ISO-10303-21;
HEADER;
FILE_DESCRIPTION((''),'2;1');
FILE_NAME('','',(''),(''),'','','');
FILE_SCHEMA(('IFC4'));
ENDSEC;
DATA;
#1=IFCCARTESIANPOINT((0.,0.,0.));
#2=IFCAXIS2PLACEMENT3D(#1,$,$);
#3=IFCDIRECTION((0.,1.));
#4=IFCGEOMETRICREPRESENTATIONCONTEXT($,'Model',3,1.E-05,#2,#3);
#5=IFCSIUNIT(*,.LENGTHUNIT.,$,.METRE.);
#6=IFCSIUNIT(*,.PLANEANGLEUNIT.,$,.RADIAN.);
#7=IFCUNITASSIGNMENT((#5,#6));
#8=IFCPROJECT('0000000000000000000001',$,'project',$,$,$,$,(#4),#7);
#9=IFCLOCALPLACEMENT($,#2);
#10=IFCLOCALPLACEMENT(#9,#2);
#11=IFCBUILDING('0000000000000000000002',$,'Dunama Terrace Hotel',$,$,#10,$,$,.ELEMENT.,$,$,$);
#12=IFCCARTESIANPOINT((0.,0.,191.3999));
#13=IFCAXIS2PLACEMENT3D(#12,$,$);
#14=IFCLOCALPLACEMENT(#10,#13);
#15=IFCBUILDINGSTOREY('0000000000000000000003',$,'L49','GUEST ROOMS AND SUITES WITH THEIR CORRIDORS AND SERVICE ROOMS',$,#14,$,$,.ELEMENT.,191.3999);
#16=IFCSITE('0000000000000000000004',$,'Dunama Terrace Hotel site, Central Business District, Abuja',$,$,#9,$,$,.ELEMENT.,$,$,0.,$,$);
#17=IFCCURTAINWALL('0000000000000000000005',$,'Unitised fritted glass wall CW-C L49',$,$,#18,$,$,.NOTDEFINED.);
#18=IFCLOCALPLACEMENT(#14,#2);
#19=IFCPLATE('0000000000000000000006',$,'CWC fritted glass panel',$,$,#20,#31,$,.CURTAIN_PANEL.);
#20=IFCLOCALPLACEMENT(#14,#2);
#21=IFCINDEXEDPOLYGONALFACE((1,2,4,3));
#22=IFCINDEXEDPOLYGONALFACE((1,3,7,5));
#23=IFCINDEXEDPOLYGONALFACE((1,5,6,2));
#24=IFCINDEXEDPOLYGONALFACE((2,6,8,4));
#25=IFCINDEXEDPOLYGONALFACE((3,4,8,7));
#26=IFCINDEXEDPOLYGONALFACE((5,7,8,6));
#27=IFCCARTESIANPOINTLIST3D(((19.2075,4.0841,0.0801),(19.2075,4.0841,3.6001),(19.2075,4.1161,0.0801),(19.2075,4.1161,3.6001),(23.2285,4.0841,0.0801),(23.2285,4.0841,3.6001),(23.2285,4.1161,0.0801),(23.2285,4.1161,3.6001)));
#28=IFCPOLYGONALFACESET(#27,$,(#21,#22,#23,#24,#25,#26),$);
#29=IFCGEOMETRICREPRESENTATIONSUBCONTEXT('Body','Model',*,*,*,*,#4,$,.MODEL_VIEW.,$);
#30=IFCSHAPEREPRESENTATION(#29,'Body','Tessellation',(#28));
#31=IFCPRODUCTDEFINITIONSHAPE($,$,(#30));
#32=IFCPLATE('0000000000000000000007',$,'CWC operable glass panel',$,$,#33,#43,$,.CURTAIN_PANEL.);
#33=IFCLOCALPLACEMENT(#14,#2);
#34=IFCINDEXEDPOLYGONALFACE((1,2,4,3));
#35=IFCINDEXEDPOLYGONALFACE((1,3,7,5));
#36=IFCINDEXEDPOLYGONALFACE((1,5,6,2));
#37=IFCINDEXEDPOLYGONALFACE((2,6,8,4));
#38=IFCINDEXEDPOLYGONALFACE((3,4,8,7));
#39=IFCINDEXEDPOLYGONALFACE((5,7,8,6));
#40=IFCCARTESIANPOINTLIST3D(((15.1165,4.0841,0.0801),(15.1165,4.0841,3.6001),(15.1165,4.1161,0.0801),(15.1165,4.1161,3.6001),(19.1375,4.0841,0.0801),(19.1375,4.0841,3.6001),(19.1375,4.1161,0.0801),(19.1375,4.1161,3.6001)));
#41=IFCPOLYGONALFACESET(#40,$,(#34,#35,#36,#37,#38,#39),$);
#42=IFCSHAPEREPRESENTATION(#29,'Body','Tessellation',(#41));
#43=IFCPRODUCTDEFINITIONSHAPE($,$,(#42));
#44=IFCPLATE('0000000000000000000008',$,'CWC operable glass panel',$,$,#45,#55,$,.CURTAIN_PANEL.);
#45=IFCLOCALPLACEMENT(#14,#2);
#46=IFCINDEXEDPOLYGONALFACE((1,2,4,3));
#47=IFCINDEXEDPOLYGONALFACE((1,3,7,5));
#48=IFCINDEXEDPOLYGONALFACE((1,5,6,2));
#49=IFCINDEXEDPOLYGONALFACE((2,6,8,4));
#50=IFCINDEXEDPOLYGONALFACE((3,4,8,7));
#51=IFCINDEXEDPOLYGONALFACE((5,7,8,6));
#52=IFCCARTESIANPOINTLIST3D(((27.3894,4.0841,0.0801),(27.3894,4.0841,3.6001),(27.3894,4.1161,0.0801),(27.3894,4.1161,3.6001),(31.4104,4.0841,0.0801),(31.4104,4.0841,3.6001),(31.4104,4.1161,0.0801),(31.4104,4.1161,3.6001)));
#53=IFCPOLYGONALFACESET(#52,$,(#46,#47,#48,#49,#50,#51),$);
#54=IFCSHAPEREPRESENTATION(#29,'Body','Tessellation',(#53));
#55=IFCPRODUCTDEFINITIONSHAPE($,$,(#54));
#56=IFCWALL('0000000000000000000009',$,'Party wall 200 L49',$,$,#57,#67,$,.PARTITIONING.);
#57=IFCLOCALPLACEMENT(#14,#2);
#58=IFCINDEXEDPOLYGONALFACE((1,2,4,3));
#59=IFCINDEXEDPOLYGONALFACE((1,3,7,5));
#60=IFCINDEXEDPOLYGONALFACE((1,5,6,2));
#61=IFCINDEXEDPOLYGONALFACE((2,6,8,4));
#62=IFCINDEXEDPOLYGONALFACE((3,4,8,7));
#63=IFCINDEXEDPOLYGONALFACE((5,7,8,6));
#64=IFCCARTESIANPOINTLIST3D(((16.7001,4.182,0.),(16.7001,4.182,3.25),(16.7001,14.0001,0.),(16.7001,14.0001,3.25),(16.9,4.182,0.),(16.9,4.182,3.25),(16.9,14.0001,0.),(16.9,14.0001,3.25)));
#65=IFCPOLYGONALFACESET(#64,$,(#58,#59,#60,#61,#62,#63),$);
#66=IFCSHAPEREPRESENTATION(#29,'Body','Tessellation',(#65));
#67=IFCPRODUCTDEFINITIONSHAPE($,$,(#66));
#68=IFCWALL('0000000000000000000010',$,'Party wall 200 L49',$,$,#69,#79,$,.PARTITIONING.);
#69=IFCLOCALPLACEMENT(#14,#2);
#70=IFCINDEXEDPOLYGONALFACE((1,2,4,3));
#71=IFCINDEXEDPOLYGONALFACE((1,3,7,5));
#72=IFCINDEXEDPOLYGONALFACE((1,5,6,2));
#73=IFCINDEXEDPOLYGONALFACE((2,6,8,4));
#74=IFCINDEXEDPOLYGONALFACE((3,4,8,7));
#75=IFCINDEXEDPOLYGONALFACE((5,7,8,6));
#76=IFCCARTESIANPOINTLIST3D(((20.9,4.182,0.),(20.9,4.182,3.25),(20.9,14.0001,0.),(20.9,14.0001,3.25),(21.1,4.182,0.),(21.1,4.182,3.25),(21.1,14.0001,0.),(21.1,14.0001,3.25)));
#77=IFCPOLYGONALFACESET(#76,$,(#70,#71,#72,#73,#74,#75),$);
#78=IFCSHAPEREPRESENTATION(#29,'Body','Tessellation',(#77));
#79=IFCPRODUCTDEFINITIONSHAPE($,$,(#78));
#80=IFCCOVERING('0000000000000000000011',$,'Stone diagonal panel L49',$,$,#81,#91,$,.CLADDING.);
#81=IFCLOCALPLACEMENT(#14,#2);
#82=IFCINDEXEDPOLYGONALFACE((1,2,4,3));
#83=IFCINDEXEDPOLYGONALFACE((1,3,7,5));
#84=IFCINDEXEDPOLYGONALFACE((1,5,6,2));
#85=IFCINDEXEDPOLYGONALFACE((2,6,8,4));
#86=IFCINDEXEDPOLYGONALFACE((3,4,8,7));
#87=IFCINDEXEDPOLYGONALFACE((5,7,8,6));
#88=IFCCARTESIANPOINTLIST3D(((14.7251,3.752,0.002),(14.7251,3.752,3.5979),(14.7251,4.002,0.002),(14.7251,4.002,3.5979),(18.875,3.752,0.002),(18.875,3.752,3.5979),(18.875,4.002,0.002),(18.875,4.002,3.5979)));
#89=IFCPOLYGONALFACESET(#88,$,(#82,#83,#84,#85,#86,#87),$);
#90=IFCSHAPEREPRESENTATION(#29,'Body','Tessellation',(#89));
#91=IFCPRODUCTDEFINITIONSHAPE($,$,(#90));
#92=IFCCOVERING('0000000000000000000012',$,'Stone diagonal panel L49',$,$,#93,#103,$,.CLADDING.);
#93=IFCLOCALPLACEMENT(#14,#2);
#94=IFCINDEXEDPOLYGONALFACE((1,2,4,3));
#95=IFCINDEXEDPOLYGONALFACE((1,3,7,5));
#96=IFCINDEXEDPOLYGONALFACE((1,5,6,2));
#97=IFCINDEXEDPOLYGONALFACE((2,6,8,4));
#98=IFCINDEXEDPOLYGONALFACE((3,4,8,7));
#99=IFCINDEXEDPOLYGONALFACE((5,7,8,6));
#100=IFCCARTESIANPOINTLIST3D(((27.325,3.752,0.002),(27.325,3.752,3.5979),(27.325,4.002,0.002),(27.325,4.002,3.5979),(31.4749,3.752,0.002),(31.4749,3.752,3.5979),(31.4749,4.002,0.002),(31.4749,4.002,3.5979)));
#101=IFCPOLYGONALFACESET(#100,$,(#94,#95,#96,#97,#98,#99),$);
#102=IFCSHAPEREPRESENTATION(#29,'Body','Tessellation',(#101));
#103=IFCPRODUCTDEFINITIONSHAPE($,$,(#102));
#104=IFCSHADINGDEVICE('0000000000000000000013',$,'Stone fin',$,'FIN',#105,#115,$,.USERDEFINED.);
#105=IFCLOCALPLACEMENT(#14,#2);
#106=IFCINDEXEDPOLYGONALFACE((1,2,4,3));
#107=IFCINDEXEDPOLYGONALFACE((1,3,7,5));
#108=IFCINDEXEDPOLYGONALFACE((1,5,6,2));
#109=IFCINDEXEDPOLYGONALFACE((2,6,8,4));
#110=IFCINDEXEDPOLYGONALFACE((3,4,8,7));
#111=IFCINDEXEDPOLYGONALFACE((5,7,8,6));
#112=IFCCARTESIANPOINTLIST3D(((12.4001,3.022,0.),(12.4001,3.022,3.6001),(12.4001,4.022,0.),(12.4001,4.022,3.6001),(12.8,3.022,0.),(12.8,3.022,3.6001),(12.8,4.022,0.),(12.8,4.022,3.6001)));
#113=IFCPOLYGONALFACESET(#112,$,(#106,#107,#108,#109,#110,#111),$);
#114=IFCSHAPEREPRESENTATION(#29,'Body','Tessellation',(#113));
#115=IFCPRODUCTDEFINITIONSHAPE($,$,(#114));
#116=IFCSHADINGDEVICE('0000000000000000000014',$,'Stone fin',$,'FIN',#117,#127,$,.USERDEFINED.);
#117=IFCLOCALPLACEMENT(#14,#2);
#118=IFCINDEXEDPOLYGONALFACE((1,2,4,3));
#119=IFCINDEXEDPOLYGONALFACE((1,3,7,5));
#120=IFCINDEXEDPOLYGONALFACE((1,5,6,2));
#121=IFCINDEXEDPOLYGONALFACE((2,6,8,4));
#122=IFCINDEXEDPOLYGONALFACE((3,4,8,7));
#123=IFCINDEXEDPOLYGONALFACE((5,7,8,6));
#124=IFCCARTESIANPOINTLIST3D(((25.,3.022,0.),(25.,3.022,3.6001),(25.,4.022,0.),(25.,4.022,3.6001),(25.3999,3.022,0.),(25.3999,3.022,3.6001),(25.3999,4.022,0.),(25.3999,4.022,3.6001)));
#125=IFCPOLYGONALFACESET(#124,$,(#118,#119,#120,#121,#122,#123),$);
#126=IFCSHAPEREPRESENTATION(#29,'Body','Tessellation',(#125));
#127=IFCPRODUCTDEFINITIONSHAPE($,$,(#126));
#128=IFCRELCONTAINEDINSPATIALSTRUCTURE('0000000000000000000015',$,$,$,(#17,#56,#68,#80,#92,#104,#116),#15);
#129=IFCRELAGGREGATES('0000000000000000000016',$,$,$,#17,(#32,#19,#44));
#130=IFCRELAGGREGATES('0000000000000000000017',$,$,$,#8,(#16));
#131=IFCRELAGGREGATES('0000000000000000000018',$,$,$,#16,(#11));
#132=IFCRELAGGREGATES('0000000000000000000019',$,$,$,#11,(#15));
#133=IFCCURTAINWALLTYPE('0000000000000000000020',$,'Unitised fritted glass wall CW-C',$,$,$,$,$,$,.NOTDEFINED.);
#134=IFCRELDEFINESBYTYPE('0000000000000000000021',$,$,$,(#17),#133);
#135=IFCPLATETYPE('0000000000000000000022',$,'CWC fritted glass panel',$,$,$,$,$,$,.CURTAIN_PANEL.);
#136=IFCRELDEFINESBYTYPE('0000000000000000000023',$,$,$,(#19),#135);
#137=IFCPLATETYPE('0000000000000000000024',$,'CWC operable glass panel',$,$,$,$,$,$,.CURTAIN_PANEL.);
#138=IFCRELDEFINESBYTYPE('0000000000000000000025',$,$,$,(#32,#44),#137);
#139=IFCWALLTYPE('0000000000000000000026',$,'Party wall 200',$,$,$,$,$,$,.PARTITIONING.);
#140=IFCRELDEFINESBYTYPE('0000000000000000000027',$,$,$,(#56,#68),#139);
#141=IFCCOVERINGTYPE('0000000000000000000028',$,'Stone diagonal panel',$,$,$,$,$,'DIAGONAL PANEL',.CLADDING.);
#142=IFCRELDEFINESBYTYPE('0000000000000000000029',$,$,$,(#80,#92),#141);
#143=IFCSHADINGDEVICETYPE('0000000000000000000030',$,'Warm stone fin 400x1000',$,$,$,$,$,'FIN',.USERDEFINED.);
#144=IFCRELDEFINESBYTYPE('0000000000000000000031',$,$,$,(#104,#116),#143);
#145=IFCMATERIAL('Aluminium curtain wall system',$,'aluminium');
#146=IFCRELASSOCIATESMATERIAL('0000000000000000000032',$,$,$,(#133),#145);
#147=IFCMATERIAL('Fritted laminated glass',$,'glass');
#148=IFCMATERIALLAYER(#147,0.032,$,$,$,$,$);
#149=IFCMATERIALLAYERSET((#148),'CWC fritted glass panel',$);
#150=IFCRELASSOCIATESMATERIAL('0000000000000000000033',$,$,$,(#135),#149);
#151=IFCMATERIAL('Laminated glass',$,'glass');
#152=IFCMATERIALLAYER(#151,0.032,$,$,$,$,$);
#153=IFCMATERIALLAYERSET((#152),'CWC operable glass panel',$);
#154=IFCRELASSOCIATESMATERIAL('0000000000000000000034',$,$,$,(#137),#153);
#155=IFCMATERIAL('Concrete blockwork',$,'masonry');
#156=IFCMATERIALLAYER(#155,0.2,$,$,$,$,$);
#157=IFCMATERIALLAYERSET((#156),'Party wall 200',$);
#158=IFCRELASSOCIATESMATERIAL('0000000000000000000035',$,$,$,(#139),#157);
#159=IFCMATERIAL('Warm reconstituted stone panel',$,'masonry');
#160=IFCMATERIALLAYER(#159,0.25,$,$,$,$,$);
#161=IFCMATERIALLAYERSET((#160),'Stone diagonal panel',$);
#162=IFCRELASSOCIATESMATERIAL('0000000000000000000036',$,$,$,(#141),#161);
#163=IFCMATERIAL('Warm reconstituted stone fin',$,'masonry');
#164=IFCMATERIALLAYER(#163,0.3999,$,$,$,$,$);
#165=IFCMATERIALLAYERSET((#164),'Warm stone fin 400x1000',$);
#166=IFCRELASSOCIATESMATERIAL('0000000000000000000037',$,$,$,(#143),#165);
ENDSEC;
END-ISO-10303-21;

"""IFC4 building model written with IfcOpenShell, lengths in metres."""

from ifc_helpers import new_model, si_unit, direction, frame, frame_2d, origin, origin_2d, place, context, subcontext, project, spatial, rectangle, extrude, material, layer, layer_set, type_object, element, aggregate, save


model = new_model("IFC4")

# Units and contexts
model_context = context("Model", 3, precision=1e-05, world=origin(), true_north=direction((0.0, 1.0)))
body_context = subcontext(model_context, "Body", "Model", "MODEL_VIEW")
ifc_project = project(units=[si_unit("LENGTHUNIT", "METRE"), si_unit("PLANEANGLEUNIT", "RADIAN")], contexts=[model_context])

# Site, building, storey
site_placement = place(None, origin())
site = spatial("IfcSite", under=ifc_project, at=site_placement, Name="Dunama Terrace Hotel site, Central Business District, Abuja", CompositionType="ELEMENT", RefElevation=0.0)
building_placement = place(site_placement, origin())
building = spatial("IfcBuilding", under=site, at=building_placement, Name="Dunama Terrace Hotel", CompositionType="ELEMENT")
storey_placement = place(building_placement, frame((0.0, 0.0, 191.3999)))
storey = spatial("IfcBuildingStorey", under=building, at=storey_placement, Name="L49", Description="GUEST ROOMS AND SUITES WITH THEIR CORRIDORS AND SERVICE ROOMS", CompositionType="ELEMENT", Elevation=191.3999)

# Curtain wall
ifc_material_1 = material(Name="Aluminium curtain wall system", Category="aluminium")
curtain_wall_type = type_object("IfcCurtainWallType", Name="Unitised fritted glass wall CW-C", PredefinedType="NOTDEFINED", material=ifc_material_1)
curtain_wall_placement = place(storey_placement, origin())
curtain_wall = element("IfcCurtainWall", 1, at=curtain_wall_placement, inside=storey, type_object=curtain_wall_type, Name="Unitised fritted glass wall CW-C L49", PredefinedType="NOTDEFINED")

# Plates
ifc_material_2 = material(Name="Fritted laminated glass", Category="glass")
ifc_layer_1 = layer(ifc_material_2, 0.032)
ifc_layer_set_1 = layer_set([ifc_layer_1], Name="CWC fritted glass panel")
plate_type_1 = type_object("IfcPlateType", Name="CWC fritted glass panel", PredefinedType="CURTAIN_PANEL", material=ifc_layer_set_1)
plate_1_placement = place(storey_placement, frame((21.218, 4.1001, 0.0801), z_axis=(0.0, 0.0, 1.0), x_axis=(1.0, 0.0, 0.0)))
plate_1 = element("IfcPlate", 2, at=plate_1_placement, type_object=plate_type_1, Name="CWC fritted glass panel", PredefinedType="CURTAIN_PANEL", context=body_context, shape_type="SweptSolid", body=[
    extrude(rectangle(XDim=4.021, YDim=0.032, at=origin_2d()), origin(), (0.0, 0.0, 1.0), 3.52),
])
ifc_material_3 = material(Name="Laminated glass", Category="glass")
ifc_layer_2 = layer(ifc_material_3, 0.032)
ifc_layer_set_2 = layer_set([ifc_layer_2], Name="CWC operable glass panel")
plate_type_2 = type_object("IfcPlateType", Name="CWC operable glass panel", PredefinedType="CURTAIN_PANEL", material=ifc_layer_set_2)
plate_2_placement = place(storey_placement, frame((17.127, 4.1001, 0.0801), z_axis=(0.0, 0.0, 1.0), x_axis=(1.0, 0.0, 0.0)))
plate_2 = element("IfcPlate", 3, at=plate_2_placement, type_object=plate_type_2, Name="CWC operable glass panel", PredefinedType="CURTAIN_PANEL", context=body_context, shape_type="SweptSolid", body=[
    extrude(rectangle(XDim=4.021, YDim=0.032, at=origin_2d()), origin(), (0.0, 0.0, 1.0), 3.52),
])
plate_3_placement = place(storey_placement, frame((29.3999, 4.1001, 0.0801), z_axis=(0.0, 0.0, 1.0), x_axis=(1.0, 0.0, 0.0)))
plate_3 = element("IfcPlate", 4, at=plate_3_placement, type_object=plate_type_2, Name="CWC operable glass panel", PredefinedType="CURTAIN_PANEL", context=body_context, shape_type="SweptSolid", body=[
    extrude(rectangle(XDim=4.021, YDim=0.032, at=origin_2d()), origin(), (0.0, 0.0, 1.0), 3.52),
])
aggregate(curtain_wall, [plate_2, plate_1, plate_3])

# Walls
ifc_material_4 = material(Name="Concrete blockwork", Category="masonry")
ifc_layer_3 = layer(ifc_material_4, 0.2)
ifc_layer_set_3 = layer_set([ifc_layer_3], Name="Party wall 200")
wall_type = type_object("IfcWallType", Name="Party wall 200", PredefinedType="PARTITIONING", material=ifc_layer_set_3)
for number, where, z_axis, x_axis, name in (
    (5, (16.8, 4.1819, 0.0), (0.0, 0.0, 1.0), (0.0, 1.0, 0.0), "Party wall 200 L49"),
    (6, (21.0, 4.1819, 0.0), (0.0, 0.0, 1.0), (0.0, 1.0, 0.0), "Party wall 200 L49"),
):
    element("IfcWall", number, at=place(storey_placement, frame(where, z_axis=z_axis, x_axis=x_axis)), inside=storey, type_object=wall_type, Name=name, PredefinedType="PARTITIONING", context=body_context, shape_type="SweptSolid", body=[
        extrude(rectangle(XDim=9.8181, YDim=0.2, at=frame_2d((4.9092, 0.0))), origin(), (0.0, 0.0, 1.0), 3.25),
    ])

# Coverings
ifc_material_5 = material(Name="Warm reconstituted stone panel", Category="masonry")
ifc_layer_4 = layer(ifc_material_5, 0.25)
ifc_layer_set_4 = layer_set([ifc_layer_4], Name="Stone diagonal panel")
covering_type = type_object("IfcCoveringType", Name="Stone diagonal panel", ElementType="DIAGONAL PANEL", PredefinedType="CLADDING", material=ifc_layer_set_4)
for number, where, z_axis, x_axis, name in (
    (7, (16.8, 3.877, 0.002), (0.0, 0.0, 1.0), (1.0, 0.0, 0.0), "Stone diagonal panel L49"),
    (8, (29.3999, 3.877, 0.002), (0.0, 0.0, 1.0), (1.0, 0.0, 0.0), "Stone diagonal panel L49"),
):
    element("IfcCovering", number, at=place(storey_placement, frame(where, z_axis=z_axis, x_axis=x_axis)), inside=storey, type_object=covering_type, Name=name, PredefinedType="CLADDING", context=body_context, shape_type="SweptSolid", body=[
        extrude(rectangle(XDim=4.1499, YDim=0.25, at=origin_2d()), origin(), (0.0, 0.0, 1.0), 3.5959),
    ])

# Shading devices
ifc_material_6 = material(Name="Warm reconstituted stone fin", Category="masonry")
ifc_layer_5 = layer(ifc_material_6, 0.3999)
ifc_layer_set_5 = layer_set([ifc_layer_5], Name="Warm stone fin 400x1000")
shading_device_type = type_object("IfcShadingDeviceType", Name="Warm stone fin 400x1000", ElementType="FIN", PredefinedType="USERDEFINED", material=ifc_layer_set_5)
for number, where, z_axis, x_axis, name in (
    (9, (12.6001, 3.522, 0.0), (0.0, 0.0, 1.0), (1.0, 0.0, 0.0), "Stone fin"),
    (10, (25.2, 3.522, 0.0), (0.0, 0.0, 1.0), (1.0, 0.0, 0.0), "Stone fin"),
):
    element("IfcShadingDevice", number, at=place(storey_placement, frame(where, z_axis=z_axis, x_axis=x_axis)), inside=storey, type_object=shading_device_type, Name=name, ObjectType="FIN", PredefinedType="USERDEFINED", context=body_context, shape_type="SweptSolid", body=[
        extrude(rectangle(XDim=0.3999, YDim=1.0, at=origin_2d()), origin(), (0.0, 0.0, 1.0), 3.6001),
    ])

save(model, "model.ifc")
